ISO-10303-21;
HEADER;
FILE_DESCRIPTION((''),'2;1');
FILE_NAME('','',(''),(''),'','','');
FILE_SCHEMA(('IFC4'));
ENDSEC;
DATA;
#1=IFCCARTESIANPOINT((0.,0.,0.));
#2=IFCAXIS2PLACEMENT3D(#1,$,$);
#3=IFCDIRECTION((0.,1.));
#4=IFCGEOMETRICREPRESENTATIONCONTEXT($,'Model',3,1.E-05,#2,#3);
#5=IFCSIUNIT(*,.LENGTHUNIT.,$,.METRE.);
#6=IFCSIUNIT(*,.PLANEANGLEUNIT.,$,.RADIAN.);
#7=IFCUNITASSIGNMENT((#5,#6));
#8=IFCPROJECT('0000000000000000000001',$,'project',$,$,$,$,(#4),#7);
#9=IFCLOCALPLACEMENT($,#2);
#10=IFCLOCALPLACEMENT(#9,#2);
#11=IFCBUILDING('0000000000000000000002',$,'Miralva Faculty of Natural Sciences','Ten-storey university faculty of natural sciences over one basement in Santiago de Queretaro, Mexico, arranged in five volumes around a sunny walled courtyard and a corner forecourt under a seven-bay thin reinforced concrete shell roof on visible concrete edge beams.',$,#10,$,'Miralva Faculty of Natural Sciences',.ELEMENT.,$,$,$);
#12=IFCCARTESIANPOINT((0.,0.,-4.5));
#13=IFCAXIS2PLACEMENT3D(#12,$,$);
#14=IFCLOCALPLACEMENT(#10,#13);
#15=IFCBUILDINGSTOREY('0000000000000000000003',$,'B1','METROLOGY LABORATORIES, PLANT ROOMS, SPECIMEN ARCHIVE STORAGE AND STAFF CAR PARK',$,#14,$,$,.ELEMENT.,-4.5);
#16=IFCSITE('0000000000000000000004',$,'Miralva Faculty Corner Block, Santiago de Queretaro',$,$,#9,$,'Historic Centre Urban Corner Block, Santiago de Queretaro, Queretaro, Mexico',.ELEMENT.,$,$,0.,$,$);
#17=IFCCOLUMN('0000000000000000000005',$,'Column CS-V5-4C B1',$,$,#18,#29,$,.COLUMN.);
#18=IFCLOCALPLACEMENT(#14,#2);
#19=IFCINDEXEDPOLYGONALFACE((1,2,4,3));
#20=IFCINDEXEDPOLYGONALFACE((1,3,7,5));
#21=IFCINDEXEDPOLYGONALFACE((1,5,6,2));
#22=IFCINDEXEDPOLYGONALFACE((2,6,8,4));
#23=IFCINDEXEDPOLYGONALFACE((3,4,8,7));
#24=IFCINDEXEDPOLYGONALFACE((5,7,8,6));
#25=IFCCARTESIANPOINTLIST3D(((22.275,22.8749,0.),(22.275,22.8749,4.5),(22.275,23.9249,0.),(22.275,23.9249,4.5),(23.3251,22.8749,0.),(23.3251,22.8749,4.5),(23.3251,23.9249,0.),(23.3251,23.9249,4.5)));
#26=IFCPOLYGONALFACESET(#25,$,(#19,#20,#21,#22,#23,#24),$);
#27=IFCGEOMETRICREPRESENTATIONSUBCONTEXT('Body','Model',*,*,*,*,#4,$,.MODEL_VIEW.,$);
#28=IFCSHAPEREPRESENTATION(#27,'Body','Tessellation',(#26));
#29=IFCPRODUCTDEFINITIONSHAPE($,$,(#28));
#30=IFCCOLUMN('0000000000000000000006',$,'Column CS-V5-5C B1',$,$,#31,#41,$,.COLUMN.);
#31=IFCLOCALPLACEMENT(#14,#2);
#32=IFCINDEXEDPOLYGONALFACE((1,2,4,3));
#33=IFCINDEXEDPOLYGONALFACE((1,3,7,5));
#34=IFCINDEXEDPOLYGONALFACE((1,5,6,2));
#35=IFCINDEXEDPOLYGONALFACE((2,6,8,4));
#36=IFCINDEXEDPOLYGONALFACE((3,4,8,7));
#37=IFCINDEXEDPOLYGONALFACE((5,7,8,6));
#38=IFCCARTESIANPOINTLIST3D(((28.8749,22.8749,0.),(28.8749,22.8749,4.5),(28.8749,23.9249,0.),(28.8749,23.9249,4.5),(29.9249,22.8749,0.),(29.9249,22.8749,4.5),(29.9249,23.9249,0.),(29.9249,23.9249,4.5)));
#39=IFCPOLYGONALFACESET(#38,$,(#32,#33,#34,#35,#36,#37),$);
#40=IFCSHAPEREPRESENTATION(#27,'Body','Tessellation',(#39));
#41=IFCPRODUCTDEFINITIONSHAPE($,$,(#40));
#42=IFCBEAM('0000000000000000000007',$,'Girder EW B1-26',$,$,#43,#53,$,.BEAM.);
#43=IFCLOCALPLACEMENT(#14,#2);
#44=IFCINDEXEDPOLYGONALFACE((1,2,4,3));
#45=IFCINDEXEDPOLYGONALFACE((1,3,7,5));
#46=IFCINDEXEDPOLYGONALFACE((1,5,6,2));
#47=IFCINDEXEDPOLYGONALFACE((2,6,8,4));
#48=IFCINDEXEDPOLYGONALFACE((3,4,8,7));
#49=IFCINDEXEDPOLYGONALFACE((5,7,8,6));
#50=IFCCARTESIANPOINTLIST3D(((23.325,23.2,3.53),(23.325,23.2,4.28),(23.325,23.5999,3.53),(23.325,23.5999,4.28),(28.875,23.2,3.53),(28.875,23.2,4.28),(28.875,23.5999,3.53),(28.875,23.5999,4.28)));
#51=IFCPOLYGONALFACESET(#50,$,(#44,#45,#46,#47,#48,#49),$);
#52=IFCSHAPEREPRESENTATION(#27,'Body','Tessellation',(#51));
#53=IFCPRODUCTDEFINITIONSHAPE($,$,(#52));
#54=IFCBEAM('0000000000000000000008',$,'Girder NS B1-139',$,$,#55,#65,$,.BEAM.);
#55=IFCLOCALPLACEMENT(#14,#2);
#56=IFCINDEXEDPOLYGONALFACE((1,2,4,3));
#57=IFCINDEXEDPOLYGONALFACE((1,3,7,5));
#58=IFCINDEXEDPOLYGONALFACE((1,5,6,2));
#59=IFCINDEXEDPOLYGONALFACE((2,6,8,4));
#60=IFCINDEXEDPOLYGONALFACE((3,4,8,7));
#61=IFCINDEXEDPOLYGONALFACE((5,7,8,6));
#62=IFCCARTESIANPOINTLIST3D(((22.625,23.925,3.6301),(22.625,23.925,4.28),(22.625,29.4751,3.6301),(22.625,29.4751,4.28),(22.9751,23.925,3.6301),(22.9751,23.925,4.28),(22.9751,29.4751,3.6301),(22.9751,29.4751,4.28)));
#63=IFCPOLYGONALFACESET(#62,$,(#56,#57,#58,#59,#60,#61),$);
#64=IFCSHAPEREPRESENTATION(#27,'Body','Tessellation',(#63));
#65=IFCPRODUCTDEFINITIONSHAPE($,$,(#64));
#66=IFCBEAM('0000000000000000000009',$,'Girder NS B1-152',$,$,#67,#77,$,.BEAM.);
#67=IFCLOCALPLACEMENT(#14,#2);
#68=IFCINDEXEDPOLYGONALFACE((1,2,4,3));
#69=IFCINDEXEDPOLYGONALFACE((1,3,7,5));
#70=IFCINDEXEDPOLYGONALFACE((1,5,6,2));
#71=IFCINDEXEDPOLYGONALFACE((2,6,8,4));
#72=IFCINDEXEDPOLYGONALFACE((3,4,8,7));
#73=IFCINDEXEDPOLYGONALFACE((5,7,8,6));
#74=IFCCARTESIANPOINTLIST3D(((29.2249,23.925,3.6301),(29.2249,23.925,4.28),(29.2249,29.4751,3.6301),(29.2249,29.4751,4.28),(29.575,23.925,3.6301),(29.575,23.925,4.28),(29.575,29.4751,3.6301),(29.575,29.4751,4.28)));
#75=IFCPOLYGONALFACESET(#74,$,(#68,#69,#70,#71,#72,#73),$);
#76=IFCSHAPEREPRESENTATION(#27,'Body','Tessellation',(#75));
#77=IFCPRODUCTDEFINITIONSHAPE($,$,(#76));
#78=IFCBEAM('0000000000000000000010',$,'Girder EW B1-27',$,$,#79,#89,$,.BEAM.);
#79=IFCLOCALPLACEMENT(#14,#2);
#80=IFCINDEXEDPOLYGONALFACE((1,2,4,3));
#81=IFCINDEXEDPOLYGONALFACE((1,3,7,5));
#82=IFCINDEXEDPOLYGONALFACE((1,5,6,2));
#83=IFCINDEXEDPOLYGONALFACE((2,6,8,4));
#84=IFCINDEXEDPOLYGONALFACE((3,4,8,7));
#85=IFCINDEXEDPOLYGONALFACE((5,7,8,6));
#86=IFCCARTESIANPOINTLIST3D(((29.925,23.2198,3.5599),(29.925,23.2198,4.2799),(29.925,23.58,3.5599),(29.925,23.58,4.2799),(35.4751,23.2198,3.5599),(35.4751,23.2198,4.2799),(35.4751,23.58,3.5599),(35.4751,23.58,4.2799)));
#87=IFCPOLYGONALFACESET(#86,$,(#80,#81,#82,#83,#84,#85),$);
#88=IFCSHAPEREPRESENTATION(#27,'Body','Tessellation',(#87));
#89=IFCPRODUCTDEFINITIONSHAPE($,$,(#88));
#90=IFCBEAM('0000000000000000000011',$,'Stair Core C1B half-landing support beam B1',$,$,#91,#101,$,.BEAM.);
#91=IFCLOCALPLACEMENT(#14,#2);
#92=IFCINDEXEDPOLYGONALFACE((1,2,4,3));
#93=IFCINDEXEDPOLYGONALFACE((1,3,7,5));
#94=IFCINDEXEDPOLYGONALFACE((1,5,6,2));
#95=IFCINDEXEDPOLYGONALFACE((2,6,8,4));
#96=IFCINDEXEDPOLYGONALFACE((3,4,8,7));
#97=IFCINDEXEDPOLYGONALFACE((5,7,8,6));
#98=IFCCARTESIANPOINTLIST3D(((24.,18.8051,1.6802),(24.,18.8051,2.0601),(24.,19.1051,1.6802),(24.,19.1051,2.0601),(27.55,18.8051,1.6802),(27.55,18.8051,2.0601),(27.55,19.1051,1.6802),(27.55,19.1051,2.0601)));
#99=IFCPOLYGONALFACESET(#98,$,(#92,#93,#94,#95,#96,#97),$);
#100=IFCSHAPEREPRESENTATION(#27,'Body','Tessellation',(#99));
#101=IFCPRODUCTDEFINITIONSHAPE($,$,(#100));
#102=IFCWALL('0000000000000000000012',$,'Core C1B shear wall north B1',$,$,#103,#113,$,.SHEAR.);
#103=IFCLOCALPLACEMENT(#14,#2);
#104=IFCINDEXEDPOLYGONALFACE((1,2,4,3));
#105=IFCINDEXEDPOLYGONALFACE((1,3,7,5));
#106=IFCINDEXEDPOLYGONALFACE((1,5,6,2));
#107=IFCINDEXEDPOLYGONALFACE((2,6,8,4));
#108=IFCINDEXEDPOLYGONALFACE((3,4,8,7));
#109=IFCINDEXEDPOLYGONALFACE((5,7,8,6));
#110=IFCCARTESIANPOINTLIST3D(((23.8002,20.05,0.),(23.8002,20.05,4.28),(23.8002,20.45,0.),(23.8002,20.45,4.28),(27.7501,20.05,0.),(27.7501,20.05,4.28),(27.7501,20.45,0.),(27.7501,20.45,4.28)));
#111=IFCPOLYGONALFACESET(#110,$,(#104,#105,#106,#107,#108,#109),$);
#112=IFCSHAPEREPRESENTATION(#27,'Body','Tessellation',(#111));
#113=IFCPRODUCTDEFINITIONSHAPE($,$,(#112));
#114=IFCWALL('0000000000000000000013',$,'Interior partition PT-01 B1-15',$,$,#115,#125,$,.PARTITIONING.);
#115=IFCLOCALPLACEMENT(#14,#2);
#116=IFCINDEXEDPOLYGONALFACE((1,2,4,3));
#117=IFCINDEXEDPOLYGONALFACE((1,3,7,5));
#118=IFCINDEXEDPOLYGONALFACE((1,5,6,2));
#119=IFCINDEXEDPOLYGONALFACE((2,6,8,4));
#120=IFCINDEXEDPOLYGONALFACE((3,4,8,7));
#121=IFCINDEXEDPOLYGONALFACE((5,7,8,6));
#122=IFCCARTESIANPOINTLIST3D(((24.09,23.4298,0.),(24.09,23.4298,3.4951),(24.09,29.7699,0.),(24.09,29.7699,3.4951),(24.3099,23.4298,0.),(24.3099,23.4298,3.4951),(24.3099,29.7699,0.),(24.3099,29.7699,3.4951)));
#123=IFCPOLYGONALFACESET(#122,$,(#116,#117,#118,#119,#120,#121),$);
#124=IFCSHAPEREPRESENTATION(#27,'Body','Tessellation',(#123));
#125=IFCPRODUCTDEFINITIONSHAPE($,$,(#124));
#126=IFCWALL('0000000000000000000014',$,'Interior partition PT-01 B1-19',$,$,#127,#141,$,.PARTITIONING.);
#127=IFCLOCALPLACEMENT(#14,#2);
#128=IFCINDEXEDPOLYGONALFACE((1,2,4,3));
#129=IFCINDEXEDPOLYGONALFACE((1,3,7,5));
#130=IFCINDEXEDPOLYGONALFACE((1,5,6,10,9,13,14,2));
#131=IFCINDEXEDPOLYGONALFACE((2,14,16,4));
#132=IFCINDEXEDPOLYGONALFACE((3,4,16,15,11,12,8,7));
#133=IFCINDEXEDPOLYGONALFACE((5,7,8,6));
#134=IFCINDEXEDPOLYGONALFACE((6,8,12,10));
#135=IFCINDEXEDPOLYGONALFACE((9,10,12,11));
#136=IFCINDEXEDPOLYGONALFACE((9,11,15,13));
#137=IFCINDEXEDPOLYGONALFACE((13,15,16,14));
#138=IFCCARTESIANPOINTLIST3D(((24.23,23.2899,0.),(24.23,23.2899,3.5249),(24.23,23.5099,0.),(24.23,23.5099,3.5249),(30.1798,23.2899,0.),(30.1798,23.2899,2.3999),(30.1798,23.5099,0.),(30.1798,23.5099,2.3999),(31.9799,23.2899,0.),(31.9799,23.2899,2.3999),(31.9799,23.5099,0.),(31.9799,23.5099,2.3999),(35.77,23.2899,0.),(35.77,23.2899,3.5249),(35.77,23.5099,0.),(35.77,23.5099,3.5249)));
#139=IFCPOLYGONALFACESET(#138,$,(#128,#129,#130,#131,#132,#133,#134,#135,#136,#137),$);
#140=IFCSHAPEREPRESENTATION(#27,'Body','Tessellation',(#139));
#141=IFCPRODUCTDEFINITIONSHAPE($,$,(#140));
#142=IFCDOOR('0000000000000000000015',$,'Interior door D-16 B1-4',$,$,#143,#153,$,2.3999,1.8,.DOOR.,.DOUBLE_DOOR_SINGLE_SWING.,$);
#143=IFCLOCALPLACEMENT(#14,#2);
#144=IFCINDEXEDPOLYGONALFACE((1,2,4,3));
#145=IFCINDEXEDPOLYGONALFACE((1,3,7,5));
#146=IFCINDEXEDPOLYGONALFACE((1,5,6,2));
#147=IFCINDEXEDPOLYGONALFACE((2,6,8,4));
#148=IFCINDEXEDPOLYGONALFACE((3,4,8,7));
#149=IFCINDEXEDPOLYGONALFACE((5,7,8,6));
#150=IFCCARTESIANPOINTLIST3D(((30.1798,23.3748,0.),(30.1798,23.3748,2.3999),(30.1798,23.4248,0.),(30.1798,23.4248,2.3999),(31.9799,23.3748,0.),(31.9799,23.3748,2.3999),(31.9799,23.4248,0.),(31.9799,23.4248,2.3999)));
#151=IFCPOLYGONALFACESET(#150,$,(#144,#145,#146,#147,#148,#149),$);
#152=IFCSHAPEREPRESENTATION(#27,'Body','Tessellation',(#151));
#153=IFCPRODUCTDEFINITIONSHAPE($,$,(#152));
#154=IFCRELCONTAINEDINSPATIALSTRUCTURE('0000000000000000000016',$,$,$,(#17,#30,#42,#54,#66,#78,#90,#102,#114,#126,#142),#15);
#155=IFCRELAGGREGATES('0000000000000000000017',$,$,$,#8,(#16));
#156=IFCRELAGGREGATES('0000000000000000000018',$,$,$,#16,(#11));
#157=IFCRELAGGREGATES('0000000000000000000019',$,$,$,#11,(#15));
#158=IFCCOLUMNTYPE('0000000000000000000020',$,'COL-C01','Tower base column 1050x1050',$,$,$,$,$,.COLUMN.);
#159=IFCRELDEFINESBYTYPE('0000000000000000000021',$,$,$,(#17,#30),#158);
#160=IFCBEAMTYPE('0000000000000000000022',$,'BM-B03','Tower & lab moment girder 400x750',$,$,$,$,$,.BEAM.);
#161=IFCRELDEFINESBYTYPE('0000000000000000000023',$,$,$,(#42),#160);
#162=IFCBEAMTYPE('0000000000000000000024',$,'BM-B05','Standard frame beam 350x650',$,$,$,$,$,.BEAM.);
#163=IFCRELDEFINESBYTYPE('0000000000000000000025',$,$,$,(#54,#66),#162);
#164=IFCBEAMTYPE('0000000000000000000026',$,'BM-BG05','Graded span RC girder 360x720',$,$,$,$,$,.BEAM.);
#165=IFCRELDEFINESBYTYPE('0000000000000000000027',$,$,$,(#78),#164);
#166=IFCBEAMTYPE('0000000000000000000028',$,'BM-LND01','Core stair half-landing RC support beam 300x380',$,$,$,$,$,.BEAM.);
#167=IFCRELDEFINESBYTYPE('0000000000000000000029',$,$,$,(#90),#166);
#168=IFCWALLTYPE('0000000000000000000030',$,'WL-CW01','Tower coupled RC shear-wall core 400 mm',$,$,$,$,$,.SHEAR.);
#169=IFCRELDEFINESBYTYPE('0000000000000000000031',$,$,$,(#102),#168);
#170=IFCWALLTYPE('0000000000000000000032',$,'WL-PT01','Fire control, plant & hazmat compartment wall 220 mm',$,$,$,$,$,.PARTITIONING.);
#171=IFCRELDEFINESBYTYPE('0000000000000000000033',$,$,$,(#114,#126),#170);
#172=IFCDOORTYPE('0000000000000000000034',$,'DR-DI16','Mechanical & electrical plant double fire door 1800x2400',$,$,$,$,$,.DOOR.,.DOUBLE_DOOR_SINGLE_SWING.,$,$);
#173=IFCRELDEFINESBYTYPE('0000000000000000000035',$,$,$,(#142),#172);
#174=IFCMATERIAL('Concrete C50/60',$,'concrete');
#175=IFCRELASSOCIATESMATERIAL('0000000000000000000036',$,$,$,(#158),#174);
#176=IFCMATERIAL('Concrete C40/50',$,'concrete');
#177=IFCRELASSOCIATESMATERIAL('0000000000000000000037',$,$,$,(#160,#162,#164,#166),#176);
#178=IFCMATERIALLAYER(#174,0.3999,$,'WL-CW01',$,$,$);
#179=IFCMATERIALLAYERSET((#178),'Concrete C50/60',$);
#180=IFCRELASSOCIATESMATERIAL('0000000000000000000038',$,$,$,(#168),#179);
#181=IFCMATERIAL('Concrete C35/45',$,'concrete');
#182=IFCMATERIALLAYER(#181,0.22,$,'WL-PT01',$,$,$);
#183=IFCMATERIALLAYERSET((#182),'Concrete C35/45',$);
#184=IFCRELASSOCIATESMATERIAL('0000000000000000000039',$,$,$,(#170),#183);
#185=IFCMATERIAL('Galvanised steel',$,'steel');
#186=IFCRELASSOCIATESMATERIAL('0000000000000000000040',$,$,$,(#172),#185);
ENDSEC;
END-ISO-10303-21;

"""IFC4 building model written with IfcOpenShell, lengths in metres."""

from ifc_helpers import new_model, si_unit, direction, frame, frame_2d, origin, origin_2d, place, context, subcontext, project, spatial, rectangle, extrude, material, layer, layer_set, material_profile, profile_set, type_object, element, fill, save


model = new_model("IFC4")

# Units and contexts
model_context = context("Model", 3, precision=1e-05, world=origin(), true_north=direction((0.0, 1.0)))
body_context = subcontext(model_context, "Body", "Model", "MODEL_VIEW")
ifc_project = project(units=[si_unit("LENGTHUNIT", "METRE"), si_unit("PLANEANGLEUNIT", "RADIAN")], contexts=[model_context])

# Site, building, storey
site_placement = place(None, origin())
site = spatial("IfcSite", under=ifc_project, at=site_placement, Name="Miralva Faculty Corner Block, Santiago de Queretaro", LongName="Historic Centre Urban Corner Block, Santiago de Queretaro, Queretaro, Mexico", CompositionType="ELEMENT", RefElevation=0.0)
building_placement = place(site_placement, origin())
building = spatial("IfcBuilding", under=site, at=building_placement, Name="Miralva Faculty of Natural Sciences", Description="Ten-storey university faculty of natural sciences over one basement in Santiago de Queretaro, Mexico, arranged in five volumes around a sunny walled courtyard and a corner forecourt under a seven-bay thin reinforced concrete shell roof on visible concrete edge beams.", LongName="Miralva Faculty of Natural Sciences", CompositionType="ELEMENT")
storey_placement = place(building_placement, frame((0.0, 0.0, -4.5)))
storey = spatial("IfcBuildingStorey", under=building, at=storey_placement, Name="B1", Description="METROLOGY LABORATORIES, PLANT ROOMS, SPECIMEN ARCHIVE STORAGE AND STAFF CAR PARK", CompositionType="ELEMENT", Elevation=-4.5)

# Shared definitions
ifc_material_1 = material(Name="Concrete C35/45", Category="concrete")

# Shared definitions
ifc_material_2 = material(Name="Concrete C40/50", Category="concrete")

# Columns
ifc_material_3 = material(Name="Concrete C50/60", Category="concrete")
ifc_material_profile_1 = material_profile(ifc_material_3, rectangle(XDim=1.05, YDim=1.05, at=origin_2d()), Name="RC 1050x1050")
ifc_profile_set_1 = profile_set([ifc_material_profile_1], Name="Concrete C50/60")
column_type = type_object("IfcColumnType", Name="COL-C01", Description="Tower base column 1050x1050", PredefinedType="COLUMN", material=ifc_profile_set_1)
for number, where, z_axis, x_axis, name in (
    (1, (22.8, 23.3999, 0.0), (0.0, 0.0, 1.0), (1.0, 0.0, 0.0), "Column CS-V5-4C B1"),
    (2, (29.3999, 23.3999, 0.0), (0.0, 0.0, 1.0), (1.0, 0.0, 0.0), "Column CS-V5-5C B1"),
):
    element("IfcColumn", number, at=place(storey_placement, frame(where, z_axis=z_axis, x_axis=x_axis)), inside=storey, type_object=column_type, Name=name, PredefinedType="COLUMN", context=body_context, shape_type="SweptSolid", body=[
        extrude(rectangle(XDim=1.05, YDim=1.05, at=origin_2d()), origin(), (0.0, 0.0, 1.0), 4.5),
    ])

# Beams
ifc_material_profile_2 = material_profile(ifc_material_2, rectangle(XDim=0.3999, YDim=0.75, at=origin_2d()), Name="RC 400x750")
ifc_profile_set_2 = profile_set([ifc_material_profile_2], Name="Concrete C40/50")
beam_type_1 = type_object("IfcBeamType", Name="BM-B03", Description="Tower & lab moment girder 400x750", PredefinedType="BEAM", material=ifc_profile_set_2)
beam_1_placement = place(storey_placement, frame((23.325, 23.3999, 3.905), z_axis=(1.0, 0.0, 0.0), x_axis=(0.0, 1.0, 0.0)))
element("IfcBeam", 3, at=beam_1_placement, inside=storey, type_object=beam_type_1, Name="Girder EW B1-26", PredefinedType="BEAM", context=body_context, shape_type="SweptSolid", body=[
    extrude(rectangle(XDim=0.3999, YDim=0.75, at=origin_2d()), origin(), (0.0, 0.0, 1.0), 5.55),
])
ifc_material_profile_3 = material_profile(ifc_material_2, rectangle(XDim=0.3501, YDim=0.6499, at=origin_2d()), Name="RC 350x650")
ifc_profile_set_3 = profile_set([ifc_material_profile_3], Name="Concrete C40/50")
beam_type_2 = type_object("IfcBeamType", Name="BM-B05", Description="Standard frame beam 350x650", PredefinedType="BEAM", material=ifc_profile_set_3)
for number, where, z_axis, x_axis, name in (
    (4, (22.8, 23.925, 3.9551), (0.0, 1.0, 0.0), (-1.0, 0.0, 0.0), "Girder NS B1-139"),
    (5, (29.3999, 23.925, 3.9551), (0.0, 1.0, 0.0), (-1.0, 0.0, 0.0), "Girder NS B1-152"),
):
    element("IfcBeam", number, at=place(storey_placement, frame(where, z_axis=z_axis, x_axis=x_axis)), inside=storey, type_object=beam_type_2, Name=name, PredefinedType="BEAM", context=body_context, shape_type="SweptSolid", body=[
        extrude(rectangle(XDim=0.3501, YDim=0.6499, at=origin_2d()), origin(), (0.0, 0.0, 1.0), 5.55),
    ])
ifc_material_profile_4 = material_profile(ifc_material_2, rectangle(XDim=0.3601, YDim=0.72, at=origin_2d()), Name="RC 360x720")
ifc_profile_set_4 = profile_set([ifc_material_profile_4], Name="Concrete C40/50")
beam_type_3 = type_object("IfcBeamType", Name="BM-BG05", Description="Graded span RC girder 360x720", PredefinedType="BEAM", material=ifc_profile_set_4)
beam_2_placement = place(storey_placement, frame((29.925, 23.3999, 3.9199), z_axis=(1.0, 0.0, 0.0), x_axis=(0.0, 1.0, 0.0)))
element("IfcBeam", 6, at=beam_2_placement, inside=storey, type_object=beam_type_3, Name="Girder EW B1-27", PredefinedType="BEAM", context=body_context, shape_type="SweptSolid", body=[
    extrude(rectangle(XDim=0.3601, YDim=0.72, at=origin_2d()), origin(), (0.0, 0.0, 1.0), 5.55),
])
ifc_material_profile_5 = material_profile(ifc_material_2, rectangle(XDim=0.3, YDim=0.3799, at=origin_2d()), Name="RC 300x380")
ifc_profile_set_5 = profile_set([ifc_material_profile_5], Name="Concrete C40/50")
beam_type_4 = type_object("IfcBeamType", Name="BM-LND01", Description="Core stair half-landing RC support beam 300x380", PredefinedType="BEAM", material=ifc_profile_set_5)
beam_3_placement = place(storey_placement, frame((24.0, 18.9551, 1.8701), z_axis=(1.0, 0.0, 0.0), x_axis=(0.0, 1.0, 0.0)))
element("IfcBeam", 7, at=beam_3_placement, inside=storey, type_object=beam_type_4, Name="Stair Core C1B half-landing support beam B1", PredefinedType="BEAM", context=body_context, shape_type="SweptSolid", body=[
    extrude(rectangle(XDim=0.3, YDim=0.3799, at=origin_2d()), origin(), (0.0, 0.0, 1.0), 3.55),
])

# Walls
ifc_layer_1 = layer(ifc_material_3, 0.3999, Name="WL-CW01")
ifc_layer_set_1 = layer_set([ifc_layer_1], Name="Concrete C50/60")
wall_type_1 = type_object("IfcWallType", Name="WL-CW01", Description="Tower coupled RC shear-wall core 400 mm", PredefinedType="SHEAR", material=ifc_layer_set_1)
wall_1_placement = place(storey_placement, frame((23.8, 20.25, 0.0), z_axis=(0.0, 0.0, 1.0), x_axis=(1.0, 0.0, 0.0)))
element("IfcWall", 8, at=wall_1_placement, inside=storey, type_object=wall_type_1, Name="Core C1B shear wall north B1", PredefinedType="SHEAR", context=body_context, shape_type="SweptSolid", body=[
    extrude(rectangle(XDim=3.95, YDim=0.3999, at=frame_2d((1.9751, 0.0))), origin(), (0.0, 0.0, 1.0), 4.28),
])
ifc_layer_2 = layer(ifc_material_1, 0.22, Name="WL-PT01")
ifc_layer_set_2 = layer_set([ifc_layer_2], Name="Concrete C35/45")
wall_type_2 = type_object("IfcWallType", Name="WL-PT01", Description="Fire control, plant & hazmat compartment wall 220 mm", PredefinedType="PARTITIONING", material=ifc_layer_set_2)
wall_2_placement = place(storey_placement, frame((24.2, 23.4299, 0.0), z_axis=(0.0, 0.0, 1.0), x_axis=(0.0, 1.0, 0.0)))
element("IfcWall", 9, at=wall_2_placement, inside=storey, type_object=wall_type_2, Name="Interior partition PT-01 B1-15", PredefinedType="PARTITIONING", context=body_context, shape_type="SweptSolid", body=[
    extrude(rectangle(XDim=6.3401, YDim=0.22, at=frame_2d((3.1699, 0.0))), origin(), (0.0, 0.0, 1.0), 3.4951),
])

# Wall, opening, door
wall_3_placement = place(storey_placement, frame((24.23, 23.3999, 0.0), z_axis=(0.0, 0.0, 1.0), x_axis=(1.0, 0.0, 0.0)))
wall_3 = element("IfcWall", 10, at=wall_3_placement, inside=storey, type_object=wall_type_2, Name="Interior partition PT-01 B1-19", PredefinedType="PARTITIONING", context=body_context, shape_type="SweptSolid", body=[
    extrude(rectangle(XDim=11.54, YDim=0.22, at=frame_2d((5.77, 0.0))), origin(), (0.0, 0.0, 1.0), 3.5249),
])
opening_placement = place(wall_3_placement, frame((5.95, 0.0, 0.0)))
opening = element("IfcOpeningElement", 11, at=opening_placement, cuts=wall_3, PredefinedType="OPENING", context=body_context, shape_type="SweptSolid", body=[
    extrude(rectangle(XDim=1.8, YDim=2.3999, at=frame_2d((0.8999, 1.2))), frame((0.0, 0.1199, 0.0), z_axis=(0.0, -1.0, 0.0), x_axis=(1.0, 0.0, 0.0)), (0.0, 0.0, 1.0), 0.24),
])
ifc_material_4 = material(Name="Galvanised steel", Category="steel")
door_type = type_object("IfcDoorType", Name="DR-DI16", Description="Mechanical & electrical plant double fire door 1800x2400", OperationType="DOUBLE_DOOR_SINGLE_SWING", PredefinedType="DOOR", material=ifc_material_4)
door_placement = place(opening_placement, origin())
door = element("IfcDoor", 12, at=door_placement, inside=storey, type_object=door_type, Name="Interior door D-16 B1-4", OperationType="DOUBLE_DOOR_SINGLE_SWING", OverallHeight=2.3999, OverallWidth=1.8, PredefinedType="DOOR", context=body_context, shape_type="SweptSolid", body=[
    extrude(rectangle(XDim=1.8, YDim=2.3999, at=frame_2d((0.8999, 1.2))), frame((0.0, 0.0249, 0.0), z_axis=(0.0, -1.0, 0.0), x_axis=(1.0, 0.0, 0.0)), (0.0, 0.0, 1.0), 0.05),
])
fill(opening, door)

save(model, "model.ifc")
